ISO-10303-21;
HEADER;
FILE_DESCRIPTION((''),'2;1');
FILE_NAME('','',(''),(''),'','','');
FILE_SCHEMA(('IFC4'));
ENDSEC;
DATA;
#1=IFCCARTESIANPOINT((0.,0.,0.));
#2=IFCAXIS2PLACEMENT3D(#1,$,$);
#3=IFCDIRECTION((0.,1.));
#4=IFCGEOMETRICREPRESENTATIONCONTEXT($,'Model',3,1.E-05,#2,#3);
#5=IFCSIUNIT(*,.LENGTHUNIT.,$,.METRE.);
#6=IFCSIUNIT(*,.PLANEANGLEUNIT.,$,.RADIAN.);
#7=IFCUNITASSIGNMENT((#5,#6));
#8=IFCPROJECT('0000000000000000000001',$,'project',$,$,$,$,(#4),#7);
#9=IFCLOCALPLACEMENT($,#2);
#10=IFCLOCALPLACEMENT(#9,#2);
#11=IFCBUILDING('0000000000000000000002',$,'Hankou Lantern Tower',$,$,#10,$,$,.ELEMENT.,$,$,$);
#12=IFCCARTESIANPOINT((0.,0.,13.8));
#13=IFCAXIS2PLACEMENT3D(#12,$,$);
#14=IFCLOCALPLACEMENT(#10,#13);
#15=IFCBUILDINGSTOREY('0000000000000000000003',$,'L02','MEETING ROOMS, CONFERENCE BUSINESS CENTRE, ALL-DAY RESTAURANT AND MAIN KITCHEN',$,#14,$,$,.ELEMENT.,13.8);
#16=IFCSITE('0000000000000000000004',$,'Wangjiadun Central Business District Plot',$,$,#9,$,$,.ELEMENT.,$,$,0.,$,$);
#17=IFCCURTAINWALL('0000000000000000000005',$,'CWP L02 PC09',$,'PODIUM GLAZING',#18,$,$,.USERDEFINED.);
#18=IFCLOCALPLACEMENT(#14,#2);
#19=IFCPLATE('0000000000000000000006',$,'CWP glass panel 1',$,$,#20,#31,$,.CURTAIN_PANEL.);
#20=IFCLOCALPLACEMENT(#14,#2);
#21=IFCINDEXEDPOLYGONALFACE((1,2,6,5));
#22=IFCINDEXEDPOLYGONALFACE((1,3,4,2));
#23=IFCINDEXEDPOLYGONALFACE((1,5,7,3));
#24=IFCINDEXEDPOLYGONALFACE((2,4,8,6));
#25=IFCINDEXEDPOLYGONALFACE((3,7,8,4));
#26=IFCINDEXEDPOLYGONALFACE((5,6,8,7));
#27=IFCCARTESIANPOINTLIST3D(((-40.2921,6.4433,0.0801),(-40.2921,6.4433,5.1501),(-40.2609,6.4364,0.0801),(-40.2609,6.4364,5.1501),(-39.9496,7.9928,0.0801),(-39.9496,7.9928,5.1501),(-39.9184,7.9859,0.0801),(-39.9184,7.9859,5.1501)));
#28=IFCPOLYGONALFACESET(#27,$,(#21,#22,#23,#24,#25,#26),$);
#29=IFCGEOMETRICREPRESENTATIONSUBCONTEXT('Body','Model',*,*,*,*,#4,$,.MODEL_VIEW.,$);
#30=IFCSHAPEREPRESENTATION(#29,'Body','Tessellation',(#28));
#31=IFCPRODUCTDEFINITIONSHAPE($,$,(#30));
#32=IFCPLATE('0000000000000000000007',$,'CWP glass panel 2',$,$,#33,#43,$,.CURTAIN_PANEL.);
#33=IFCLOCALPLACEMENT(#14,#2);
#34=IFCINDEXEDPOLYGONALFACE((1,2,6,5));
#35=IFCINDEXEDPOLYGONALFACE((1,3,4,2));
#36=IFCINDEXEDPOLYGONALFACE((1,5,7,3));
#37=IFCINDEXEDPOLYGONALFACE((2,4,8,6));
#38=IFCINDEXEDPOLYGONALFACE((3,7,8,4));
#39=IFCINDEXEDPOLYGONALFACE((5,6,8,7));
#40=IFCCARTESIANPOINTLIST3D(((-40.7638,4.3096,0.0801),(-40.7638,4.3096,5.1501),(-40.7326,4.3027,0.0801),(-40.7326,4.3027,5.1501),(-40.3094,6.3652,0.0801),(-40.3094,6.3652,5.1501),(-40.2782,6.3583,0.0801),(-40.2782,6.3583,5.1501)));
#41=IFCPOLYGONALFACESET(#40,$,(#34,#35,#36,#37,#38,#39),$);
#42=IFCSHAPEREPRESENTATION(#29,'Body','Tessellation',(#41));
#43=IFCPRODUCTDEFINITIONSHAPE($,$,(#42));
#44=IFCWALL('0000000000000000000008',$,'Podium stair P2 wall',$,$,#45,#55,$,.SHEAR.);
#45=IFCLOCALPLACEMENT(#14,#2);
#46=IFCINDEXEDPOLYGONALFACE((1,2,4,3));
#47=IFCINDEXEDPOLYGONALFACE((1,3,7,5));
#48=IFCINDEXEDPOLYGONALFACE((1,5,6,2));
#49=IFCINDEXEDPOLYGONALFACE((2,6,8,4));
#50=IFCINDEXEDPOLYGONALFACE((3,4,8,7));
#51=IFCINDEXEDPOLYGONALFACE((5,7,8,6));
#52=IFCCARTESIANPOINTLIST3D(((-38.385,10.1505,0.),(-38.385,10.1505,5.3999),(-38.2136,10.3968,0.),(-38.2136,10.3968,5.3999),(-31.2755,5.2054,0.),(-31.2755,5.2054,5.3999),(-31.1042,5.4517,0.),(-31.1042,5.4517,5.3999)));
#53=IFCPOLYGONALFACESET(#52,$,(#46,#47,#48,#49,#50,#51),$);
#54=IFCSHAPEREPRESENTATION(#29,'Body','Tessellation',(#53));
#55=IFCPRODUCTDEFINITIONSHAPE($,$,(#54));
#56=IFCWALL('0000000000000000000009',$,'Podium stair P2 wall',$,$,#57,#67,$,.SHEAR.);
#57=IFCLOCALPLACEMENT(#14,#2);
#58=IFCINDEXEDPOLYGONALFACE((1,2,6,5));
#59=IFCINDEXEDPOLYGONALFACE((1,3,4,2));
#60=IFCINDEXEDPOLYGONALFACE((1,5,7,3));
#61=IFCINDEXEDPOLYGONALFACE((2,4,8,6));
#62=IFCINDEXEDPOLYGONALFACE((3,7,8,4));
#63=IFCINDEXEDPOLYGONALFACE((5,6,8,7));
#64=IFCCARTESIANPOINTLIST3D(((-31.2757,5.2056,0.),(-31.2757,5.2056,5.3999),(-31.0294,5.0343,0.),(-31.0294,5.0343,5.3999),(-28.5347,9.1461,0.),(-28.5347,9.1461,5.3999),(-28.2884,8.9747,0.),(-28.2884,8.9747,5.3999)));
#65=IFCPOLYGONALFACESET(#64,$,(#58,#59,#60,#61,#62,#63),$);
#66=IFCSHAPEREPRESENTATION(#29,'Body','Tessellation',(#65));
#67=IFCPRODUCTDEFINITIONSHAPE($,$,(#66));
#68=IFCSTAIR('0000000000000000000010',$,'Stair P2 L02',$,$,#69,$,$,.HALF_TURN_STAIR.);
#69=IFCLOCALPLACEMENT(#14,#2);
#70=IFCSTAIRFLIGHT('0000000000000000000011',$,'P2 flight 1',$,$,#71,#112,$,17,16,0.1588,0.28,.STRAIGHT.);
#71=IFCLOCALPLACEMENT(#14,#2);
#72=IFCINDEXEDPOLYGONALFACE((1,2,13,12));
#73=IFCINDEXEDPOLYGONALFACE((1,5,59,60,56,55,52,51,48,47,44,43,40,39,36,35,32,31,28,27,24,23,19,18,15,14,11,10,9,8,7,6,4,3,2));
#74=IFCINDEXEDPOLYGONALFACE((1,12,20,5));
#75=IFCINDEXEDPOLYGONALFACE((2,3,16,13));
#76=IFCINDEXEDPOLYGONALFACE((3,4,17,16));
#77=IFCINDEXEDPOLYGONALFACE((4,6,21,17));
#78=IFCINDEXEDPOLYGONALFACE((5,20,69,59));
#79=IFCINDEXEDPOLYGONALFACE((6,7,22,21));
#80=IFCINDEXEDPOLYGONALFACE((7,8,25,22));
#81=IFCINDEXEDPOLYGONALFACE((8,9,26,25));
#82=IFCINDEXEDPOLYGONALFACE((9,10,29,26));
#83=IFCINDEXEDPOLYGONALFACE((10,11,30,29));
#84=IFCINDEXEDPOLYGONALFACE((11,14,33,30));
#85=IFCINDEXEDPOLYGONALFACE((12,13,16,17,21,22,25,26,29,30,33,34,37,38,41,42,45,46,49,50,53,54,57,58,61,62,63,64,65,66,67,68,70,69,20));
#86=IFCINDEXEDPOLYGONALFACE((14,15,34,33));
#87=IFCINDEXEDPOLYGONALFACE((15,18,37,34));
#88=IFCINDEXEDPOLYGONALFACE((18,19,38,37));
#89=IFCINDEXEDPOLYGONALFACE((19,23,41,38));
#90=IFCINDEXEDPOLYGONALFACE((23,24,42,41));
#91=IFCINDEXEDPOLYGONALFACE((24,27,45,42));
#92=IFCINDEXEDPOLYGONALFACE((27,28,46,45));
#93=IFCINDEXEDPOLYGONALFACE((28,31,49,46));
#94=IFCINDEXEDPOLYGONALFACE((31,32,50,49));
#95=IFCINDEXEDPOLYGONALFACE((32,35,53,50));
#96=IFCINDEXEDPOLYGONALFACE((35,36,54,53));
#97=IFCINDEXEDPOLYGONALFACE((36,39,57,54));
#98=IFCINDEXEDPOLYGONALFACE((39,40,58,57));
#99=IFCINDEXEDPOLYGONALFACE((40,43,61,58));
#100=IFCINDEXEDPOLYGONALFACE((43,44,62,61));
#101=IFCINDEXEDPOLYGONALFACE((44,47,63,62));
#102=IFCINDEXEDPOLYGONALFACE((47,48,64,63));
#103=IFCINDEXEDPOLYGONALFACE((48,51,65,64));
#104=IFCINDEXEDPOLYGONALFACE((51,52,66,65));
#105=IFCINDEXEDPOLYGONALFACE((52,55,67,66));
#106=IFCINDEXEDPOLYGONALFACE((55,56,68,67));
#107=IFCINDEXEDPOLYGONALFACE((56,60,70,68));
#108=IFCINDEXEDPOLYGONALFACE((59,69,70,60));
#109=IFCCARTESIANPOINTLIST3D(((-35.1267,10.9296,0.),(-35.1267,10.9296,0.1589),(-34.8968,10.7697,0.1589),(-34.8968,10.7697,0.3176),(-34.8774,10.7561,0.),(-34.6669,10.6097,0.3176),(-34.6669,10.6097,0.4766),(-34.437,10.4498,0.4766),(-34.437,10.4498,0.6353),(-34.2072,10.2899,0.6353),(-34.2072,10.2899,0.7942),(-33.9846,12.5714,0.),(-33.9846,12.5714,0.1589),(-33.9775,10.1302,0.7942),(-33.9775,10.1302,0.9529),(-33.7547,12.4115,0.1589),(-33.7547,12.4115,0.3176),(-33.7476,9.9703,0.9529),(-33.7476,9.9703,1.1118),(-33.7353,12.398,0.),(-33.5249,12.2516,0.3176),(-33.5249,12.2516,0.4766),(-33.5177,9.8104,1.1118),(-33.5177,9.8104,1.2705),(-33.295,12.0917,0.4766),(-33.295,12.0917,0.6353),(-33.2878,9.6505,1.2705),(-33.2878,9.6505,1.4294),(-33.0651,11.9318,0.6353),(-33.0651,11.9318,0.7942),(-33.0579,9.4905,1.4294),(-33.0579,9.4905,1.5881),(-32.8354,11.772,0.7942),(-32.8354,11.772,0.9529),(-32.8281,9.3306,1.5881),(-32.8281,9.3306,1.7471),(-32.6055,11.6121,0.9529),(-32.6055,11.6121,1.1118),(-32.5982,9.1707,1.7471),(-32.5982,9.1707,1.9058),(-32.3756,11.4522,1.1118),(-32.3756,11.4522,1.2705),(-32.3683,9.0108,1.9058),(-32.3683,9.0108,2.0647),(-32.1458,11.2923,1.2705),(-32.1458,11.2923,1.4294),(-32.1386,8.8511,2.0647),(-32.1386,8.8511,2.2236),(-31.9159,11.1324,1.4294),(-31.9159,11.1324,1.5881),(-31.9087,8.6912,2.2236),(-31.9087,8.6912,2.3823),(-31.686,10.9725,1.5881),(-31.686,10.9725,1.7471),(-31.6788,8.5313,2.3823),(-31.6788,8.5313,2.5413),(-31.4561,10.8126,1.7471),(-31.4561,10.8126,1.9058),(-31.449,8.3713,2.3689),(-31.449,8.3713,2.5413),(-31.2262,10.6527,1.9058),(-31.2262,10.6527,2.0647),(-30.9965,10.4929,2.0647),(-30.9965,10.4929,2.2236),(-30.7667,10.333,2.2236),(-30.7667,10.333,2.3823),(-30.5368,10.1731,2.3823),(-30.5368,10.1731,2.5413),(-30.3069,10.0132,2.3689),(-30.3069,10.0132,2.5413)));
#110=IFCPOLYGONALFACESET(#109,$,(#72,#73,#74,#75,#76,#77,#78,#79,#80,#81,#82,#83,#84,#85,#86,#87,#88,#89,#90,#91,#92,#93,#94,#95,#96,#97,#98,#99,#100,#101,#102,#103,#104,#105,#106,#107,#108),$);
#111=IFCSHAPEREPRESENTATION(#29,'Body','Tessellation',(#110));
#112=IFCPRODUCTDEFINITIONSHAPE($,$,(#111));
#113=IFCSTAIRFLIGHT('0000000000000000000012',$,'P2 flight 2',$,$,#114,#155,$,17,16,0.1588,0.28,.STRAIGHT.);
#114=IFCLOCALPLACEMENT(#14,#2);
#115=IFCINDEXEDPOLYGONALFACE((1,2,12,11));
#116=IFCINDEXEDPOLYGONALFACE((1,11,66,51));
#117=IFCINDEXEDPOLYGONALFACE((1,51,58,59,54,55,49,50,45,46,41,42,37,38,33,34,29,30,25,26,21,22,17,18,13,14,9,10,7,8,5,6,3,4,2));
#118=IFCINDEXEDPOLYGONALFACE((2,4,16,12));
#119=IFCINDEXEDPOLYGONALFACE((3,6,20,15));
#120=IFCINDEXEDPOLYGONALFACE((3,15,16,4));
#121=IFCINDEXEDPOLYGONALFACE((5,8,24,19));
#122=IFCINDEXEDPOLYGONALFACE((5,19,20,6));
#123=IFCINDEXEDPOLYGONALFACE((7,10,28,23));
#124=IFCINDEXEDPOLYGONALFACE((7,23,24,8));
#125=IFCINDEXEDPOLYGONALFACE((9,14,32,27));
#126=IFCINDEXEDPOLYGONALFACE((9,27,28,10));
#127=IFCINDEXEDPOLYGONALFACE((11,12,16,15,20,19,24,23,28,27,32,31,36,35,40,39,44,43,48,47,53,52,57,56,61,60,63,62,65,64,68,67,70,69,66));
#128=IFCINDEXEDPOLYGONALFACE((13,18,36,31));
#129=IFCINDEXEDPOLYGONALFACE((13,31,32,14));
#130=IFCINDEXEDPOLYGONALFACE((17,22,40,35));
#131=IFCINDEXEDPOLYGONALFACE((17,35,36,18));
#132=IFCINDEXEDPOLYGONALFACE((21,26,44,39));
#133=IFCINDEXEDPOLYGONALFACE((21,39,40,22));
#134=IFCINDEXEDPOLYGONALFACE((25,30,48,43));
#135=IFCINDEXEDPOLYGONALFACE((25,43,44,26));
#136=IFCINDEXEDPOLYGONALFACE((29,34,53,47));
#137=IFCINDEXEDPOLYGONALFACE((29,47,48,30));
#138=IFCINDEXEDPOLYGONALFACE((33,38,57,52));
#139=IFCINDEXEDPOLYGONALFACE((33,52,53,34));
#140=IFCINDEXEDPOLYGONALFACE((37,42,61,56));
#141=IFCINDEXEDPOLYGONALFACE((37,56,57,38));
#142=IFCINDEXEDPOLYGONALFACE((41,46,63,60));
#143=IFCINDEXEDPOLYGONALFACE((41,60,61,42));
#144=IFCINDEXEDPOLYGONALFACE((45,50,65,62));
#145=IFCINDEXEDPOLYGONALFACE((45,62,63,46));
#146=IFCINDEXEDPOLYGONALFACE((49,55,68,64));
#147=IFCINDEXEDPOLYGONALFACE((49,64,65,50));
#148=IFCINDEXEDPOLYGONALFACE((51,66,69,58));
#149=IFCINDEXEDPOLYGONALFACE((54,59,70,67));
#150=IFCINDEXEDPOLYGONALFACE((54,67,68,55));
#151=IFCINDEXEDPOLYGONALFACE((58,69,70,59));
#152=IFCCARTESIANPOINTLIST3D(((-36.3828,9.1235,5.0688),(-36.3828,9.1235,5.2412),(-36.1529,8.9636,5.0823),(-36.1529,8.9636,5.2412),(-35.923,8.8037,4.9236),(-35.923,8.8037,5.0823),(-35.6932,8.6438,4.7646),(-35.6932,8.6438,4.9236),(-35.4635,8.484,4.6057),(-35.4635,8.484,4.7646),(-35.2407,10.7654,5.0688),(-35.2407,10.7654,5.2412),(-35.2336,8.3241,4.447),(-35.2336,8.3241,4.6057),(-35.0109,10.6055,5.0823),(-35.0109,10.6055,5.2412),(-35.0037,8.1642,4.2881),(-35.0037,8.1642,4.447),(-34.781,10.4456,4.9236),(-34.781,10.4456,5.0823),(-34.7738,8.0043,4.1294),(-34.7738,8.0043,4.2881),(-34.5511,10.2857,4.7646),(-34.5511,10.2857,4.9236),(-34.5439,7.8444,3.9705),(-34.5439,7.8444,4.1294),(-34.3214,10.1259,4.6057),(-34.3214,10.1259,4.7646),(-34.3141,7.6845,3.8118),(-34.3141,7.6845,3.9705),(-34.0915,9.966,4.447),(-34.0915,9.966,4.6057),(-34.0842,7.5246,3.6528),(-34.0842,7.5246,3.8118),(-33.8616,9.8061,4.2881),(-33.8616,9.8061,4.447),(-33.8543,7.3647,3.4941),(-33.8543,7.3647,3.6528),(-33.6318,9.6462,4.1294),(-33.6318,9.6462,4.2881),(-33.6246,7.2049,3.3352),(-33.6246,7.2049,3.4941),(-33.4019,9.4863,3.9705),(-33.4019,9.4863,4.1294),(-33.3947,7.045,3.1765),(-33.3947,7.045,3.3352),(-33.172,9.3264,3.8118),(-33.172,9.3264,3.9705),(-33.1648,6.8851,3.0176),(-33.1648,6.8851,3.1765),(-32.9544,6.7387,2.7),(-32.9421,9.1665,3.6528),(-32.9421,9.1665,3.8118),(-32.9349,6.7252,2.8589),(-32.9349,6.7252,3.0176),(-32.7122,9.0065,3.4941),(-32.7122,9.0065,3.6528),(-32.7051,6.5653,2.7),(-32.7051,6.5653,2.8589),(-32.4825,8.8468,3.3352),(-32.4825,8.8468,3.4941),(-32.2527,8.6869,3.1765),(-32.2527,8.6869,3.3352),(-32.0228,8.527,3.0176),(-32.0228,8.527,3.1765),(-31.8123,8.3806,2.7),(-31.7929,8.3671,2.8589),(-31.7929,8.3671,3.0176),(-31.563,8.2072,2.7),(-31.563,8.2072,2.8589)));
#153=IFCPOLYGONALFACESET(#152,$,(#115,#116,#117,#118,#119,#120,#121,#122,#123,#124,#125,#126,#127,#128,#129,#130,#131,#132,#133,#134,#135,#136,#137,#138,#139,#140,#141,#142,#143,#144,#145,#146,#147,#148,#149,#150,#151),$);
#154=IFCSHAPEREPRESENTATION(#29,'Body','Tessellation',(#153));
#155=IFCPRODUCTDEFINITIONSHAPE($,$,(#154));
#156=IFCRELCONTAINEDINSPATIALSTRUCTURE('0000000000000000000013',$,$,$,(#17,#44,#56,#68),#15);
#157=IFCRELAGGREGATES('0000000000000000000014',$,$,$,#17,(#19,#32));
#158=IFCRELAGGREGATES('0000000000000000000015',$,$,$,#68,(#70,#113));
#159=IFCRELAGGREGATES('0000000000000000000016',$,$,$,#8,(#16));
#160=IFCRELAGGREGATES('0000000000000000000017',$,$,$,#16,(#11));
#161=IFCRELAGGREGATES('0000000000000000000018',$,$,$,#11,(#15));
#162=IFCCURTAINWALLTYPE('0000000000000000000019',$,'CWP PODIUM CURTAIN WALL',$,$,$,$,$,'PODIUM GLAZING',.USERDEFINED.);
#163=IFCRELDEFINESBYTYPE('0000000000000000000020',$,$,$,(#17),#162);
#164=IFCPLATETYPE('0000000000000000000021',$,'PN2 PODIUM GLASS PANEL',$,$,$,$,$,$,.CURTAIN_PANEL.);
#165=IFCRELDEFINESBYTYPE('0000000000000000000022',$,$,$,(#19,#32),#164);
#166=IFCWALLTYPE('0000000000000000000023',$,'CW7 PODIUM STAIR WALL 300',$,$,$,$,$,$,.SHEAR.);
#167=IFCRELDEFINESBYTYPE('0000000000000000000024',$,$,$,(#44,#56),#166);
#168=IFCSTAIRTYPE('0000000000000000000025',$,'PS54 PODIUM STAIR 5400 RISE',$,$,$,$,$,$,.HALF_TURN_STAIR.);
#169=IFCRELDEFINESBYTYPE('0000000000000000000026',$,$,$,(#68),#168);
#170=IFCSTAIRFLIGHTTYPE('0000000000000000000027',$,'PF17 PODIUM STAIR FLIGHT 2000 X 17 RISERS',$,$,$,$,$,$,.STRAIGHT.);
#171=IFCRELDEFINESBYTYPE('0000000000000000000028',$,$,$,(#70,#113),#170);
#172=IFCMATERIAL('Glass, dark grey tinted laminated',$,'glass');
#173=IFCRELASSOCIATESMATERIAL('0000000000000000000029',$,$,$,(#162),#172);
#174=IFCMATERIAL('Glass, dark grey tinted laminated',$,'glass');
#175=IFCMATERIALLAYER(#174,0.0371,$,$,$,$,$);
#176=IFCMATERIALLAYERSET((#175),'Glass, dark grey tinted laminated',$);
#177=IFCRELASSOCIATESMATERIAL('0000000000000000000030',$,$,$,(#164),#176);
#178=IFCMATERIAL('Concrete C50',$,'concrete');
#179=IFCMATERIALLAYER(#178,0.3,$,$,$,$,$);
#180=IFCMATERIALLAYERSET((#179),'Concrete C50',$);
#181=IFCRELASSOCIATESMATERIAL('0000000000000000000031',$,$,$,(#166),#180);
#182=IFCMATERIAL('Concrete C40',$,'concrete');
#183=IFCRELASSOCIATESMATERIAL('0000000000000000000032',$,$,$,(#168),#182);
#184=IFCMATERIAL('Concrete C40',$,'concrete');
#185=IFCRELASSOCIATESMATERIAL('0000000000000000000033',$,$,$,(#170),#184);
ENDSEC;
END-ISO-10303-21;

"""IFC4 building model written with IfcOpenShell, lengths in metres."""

from ifc_helpers import new_model, si_unit, direction, frame, frame_2d, origin, origin_2d, place, context, subcontext, project, spatial, polyline, rectangle, outline, extrude, material, layer, layer_set, type_object, element, aggregate, save


model = new_model("IFC4")

# Units and contexts
model_context = context("Model", 3, precision=1e-05, world=origin(), true_north=direction((0.0, 1.0)))
body_context = subcontext(model_context, "Body", "Model", "MODEL_VIEW")
ifc_project = project(units=[si_unit("LENGTHUNIT", "METRE"), si_unit("PLANEANGLEUNIT", "RADIAN")], contexts=[model_context])

# Site, building, storey
site_placement = place(None, origin())
site = spatial("IfcSite", under=ifc_project, at=site_placement, Name="Wangjiadun Central Business District Plot", CompositionType="ELEMENT", RefElevation=0.0)
building_placement = place(site_placement, origin())
building = spatial("IfcBuilding", under=site, at=building_placement, Name="Hankou Lantern Tower", CompositionType="ELEMENT")
storey_placement = place(building_placement, frame((0.0, 0.0, 13.8)))
storey = spatial("IfcBuildingStorey", under=building, at=storey_placement, Name="L02", Description="MEETING ROOMS, CONFERENCE BUSINESS CENTRE, ALL-DAY RESTAURANT AND MAIN KITCHEN", CompositionType="ELEMENT", Elevation=13.8)

# Curtain wall
ifc_material_1 = material(Name="Glass, dark grey tinted laminated", Category="glass")
curtain_wall_type = type_object("IfcCurtainWallType", Name="CWP PODIUM CURTAIN WALL", ElementType="PODIUM GLAZING", PredefinedType="USERDEFINED", material=ifc_material_1)
curtain_wall_placement = place(storey_placement, origin())
curtain_wall = element("IfcCurtainWall", 1, at=curtain_wall_placement, inside=storey, type_object=curtain_wall_type, Name="CWP L02 PC09", ObjectType="PODIUM GLAZING", PredefinedType="USERDEFINED")

# Plates
ifc_material_2 = material(Name="Glass, dark grey tinted laminated", Category="glass")
ifc_layer_1 = layer(ifc_material_2, 0.0371)
ifc_layer_set_1 = layer_set([ifc_layer_1], Name="Glass, dark grey tinted laminated")
plate_type = type_object("IfcPlateType", Name="PN2 PODIUM GLASS PANEL", PredefinedType="CURTAIN_PANEL", material=ifc_layer_set_1)
plate_1_placement = place(storey_placement, frame((-40.1052, 7.2146, 0.0801), z_axis=(0.0, 0.0, 1.0), x_axis=(-0.215821, -0.976433, 0.0)))
plate_1 = element("IfcPlate", 2, at=plate_1_placement, type_object=plate_type, Name="CWP glass panel 1", PredefinedType="CURTAIN_PANEL", context=body_context, shape_type="SweptSolid", body=[
    extrude(rectangle(XDim=1.5869, YDim=0.032, at=origin_2d()), origin(), (0.0, 0.0, 1.0), 5.0701),
])
plate_2_placement = place(storey_placement, frame((-40.521, 5.334, 0.0801), z_axis=(0.0, 0.0, 1.0), x_axis=(-0.215821, -0.976433, 0.0)))
plate_2 = element("IfcPlate", 3, at=plate_2_placement, type_object=plate_type, Name="CWP glass panel 2", PredefinedType="CURTAIN_PANEL", context=body_context, shape_type="SweptSolid", body=[
    extrude(rectangle(XDim=2.1052, YDim=0.032, at=origin_2d()), origin(), (0.0, 0.0, 1.0), 5.0701),
])
aggregate(curtain_wall, [plate_1, plate_2])

# Walls
ifc_material_3 = material(Name="Concrete C50", Category="concrete")
ifc_layer_2 = layer(ifc_material_3, 0.3)
ifc_layer_set_2 = layer_set([ifc_layer_2], Name="Concrete C50")
wall_type = type_object("IfcWallType", Name="CW7 PODIUM STAIR WALL 300", PredefinedType="SHEAR", material=ifc_layer_set_2)
wall_1_placement = place(storey_placement, frame((-38.2993, 10.2737, 0.0), z_axis=(0.0, 0.0, 1.0), x_axis=(0.820937, -0.571019, 0.0)))
element("IfcWall", 4, at=wall_1_placement, inside=storey, type_object=wall_type, Name="Podium stair P2 wall", PredefinedType="SHEAR", context=body_context, shape_type="SweptSolid", body=[
    extrude(rectangle(XDim=8.6602, YDim=0.3, at=frame_2d((4.3301, 0.0))), origin(), (0.0, 0.0, 1.0), 5.3999),
])
wall_2_placement = place(storey_placement, frame((-28.4116, 9.0603, 0.0), z_axis=(0.0, 0.0, 1.0), x_axis=(-0.571036, -0.820925, 0.0)))
element("IfcWall", 5, at=wall_2_placement, inside=storey, type_object=wall_type, Name="Podium stair P2 wall", PredefinedType="SHEAR", context=body_context, shape_type="SweptSolid", body=[
    extrude(rectangle(XDim=4.8, YDim=0.3, at=frame_2d((2.3999, 0.0))), origin(), (0.0, 0.0, 1.0), 5.3999),
])

# Stair, stair flights
ifc_material_4 = material(Name="Concrete C40", Category="concrete")
stair_type = type_object("IfcStairType", Name="PS54 PODIUM STAIR 5400 RISE", PredefinedType="HALF_TURN_STAIR", material=ifc_material_4)
stair_placement = place(storey_placement, origin())
stair = element("IfcStair", 6, at=stair_placement, inside=storey, type_object=stair_type, Name="Stair P2 L02", PredefinedType="HALF_TURN_STAIR")
ifc_material_5 = material(Name="Concrete C40", Category="concrete")
stair_flight_type = type_object("IfcStairFlightType", Name="PF17 PODIUM STAIR FLIGHT 2000 X 17 RISERS", PredefinedType="STRAIGHT", material=ifc_material_5)
stair_flight_1_placement = place(storey_placement, frame((-34.5557, 11.7505, 0.0), z_axis=(0.0, 0.0, 1.0), x_axis=(0.820927, -0.571033, 0.0)))
stair_flight_1 = element("IfcStairFlight", 7, at=stair_flight_1_placement, type_object=stair_flight_type, Name="P2 flight 1", NumberOfRisers=17, NumberOfTreads=16, PredefinedType="STRAIGHT", RiserHeight=0.1588, TreadLength=0.28, context=body_context, shape_type="SweptSolid", body=[
    extrude(outline(polyline([(0.0, 0.0), (0.0, 0.1589), (0.28, 0.1589), (0.28, 0.3176), (0.5601, 0.3176), (0.5601, 0.4766), (0.8401, 0.4766), (0.8401, 0.6353), (1.1201, 0.6353), (1.1201, 0.7942), (1.3999, 0.7942), (1.3999, 0.9529), (1.6799, 0.9529), (1.6799, 1.1118), (1.96, 1.1118), (1.96, 1.2705), (2.24, 1.2705), (2.24, 1.4294), (2.52, 1.4294), (2.52, 1.5881), (2.8, 1.5881), (2.8, 1.7471), (3.0801, 1.7471), (3.0801, 1.9058), (3.3601, 1.9058), (3.3601, 2.0647), (3.6399, 2.0647), (3.6399, 2.2236), (3.9199, 2.2236), (3.9199, 2.3823), (4.2, 2.3823), (4.2, 2.5413), (4.48, 2.5413), (4.48, 2.7), (4.48, 2.3689), (0.3037, 0.0), (0.0, 0.0)])), frame((0.0, 1.0, 0.0), z_axis=(0.0, -1.0, 0.0), x_axis=(1.0, 0.0, 0.0)), (0.0, 0.0, 1.0), 2.0),
])
stair_flight_2_placement = place(storey_placement, frame((-32.134, 7.3862, 2.7), z_axis=(0.0, 0.0, 1.0), x_axis=(-0.820927, 0.571033, 0.0)))
stair_flight_2 = element("IfcStairFlight", 8, at=stair_flight_2_placement, type_object=stair_flight_type, Name="P2 flight 2", NumberOfRisers=17, NumberOfTreads=16, PredefinedType="STRAIGHT", RiserHeight=0.1588, TreadLength=0.28, context=body_context, shape_type="SweptSolid", body=[
    extrude(outline(polyline([(0.0, 0.0), (0.0, 0.1589), (0.28, 0.1589), (0.28, 0.3176), (0.5601, 0.3176), (0.5601, 0.4766), (0.8401, 0.4766), (0.8401, 0.6353), (1.1201, 0.6353), (1.1201, 0.7942), (1.3999, 0.7942), (1.3999, 0.9529), (1.6799, 0.9529), (1.6799, 1.1118), (1.96, 1.1118), (1.96, 1.2705), (2.24, 1.2705), (2.24, 1.4294), (2.52, 1.4294), (2.52, 1.5881), (2.8, 1.5881), (2.8, 1.7471), (3.0801, 1.7471), (3.0801, 1.9058), (3.3601, 1.9058), (3.3601, 2.0647), (3.6399, 2.0647), (3.6399, 2.2236), (3.9199, 2.2236), (3.9199, 2.3823), (4.2, 2.3823), (4.2, 2.5413), (4.48, 2.5413), (4.48, 2.7), (4.48, 2.3689), (0.3037, 0.0), (0.0, 0.0)])), frame((0.0, 1.0, 0.0), z_axis=(0.0, -1.0, 0.0), x_axis=(1.0, 0.0, 0.0)), (0.0, 0.0, 1.0), 2.0),
])
aggregate(stair, [stair_flight_1, stair_flight_2])

save(model, "model.ifc")
